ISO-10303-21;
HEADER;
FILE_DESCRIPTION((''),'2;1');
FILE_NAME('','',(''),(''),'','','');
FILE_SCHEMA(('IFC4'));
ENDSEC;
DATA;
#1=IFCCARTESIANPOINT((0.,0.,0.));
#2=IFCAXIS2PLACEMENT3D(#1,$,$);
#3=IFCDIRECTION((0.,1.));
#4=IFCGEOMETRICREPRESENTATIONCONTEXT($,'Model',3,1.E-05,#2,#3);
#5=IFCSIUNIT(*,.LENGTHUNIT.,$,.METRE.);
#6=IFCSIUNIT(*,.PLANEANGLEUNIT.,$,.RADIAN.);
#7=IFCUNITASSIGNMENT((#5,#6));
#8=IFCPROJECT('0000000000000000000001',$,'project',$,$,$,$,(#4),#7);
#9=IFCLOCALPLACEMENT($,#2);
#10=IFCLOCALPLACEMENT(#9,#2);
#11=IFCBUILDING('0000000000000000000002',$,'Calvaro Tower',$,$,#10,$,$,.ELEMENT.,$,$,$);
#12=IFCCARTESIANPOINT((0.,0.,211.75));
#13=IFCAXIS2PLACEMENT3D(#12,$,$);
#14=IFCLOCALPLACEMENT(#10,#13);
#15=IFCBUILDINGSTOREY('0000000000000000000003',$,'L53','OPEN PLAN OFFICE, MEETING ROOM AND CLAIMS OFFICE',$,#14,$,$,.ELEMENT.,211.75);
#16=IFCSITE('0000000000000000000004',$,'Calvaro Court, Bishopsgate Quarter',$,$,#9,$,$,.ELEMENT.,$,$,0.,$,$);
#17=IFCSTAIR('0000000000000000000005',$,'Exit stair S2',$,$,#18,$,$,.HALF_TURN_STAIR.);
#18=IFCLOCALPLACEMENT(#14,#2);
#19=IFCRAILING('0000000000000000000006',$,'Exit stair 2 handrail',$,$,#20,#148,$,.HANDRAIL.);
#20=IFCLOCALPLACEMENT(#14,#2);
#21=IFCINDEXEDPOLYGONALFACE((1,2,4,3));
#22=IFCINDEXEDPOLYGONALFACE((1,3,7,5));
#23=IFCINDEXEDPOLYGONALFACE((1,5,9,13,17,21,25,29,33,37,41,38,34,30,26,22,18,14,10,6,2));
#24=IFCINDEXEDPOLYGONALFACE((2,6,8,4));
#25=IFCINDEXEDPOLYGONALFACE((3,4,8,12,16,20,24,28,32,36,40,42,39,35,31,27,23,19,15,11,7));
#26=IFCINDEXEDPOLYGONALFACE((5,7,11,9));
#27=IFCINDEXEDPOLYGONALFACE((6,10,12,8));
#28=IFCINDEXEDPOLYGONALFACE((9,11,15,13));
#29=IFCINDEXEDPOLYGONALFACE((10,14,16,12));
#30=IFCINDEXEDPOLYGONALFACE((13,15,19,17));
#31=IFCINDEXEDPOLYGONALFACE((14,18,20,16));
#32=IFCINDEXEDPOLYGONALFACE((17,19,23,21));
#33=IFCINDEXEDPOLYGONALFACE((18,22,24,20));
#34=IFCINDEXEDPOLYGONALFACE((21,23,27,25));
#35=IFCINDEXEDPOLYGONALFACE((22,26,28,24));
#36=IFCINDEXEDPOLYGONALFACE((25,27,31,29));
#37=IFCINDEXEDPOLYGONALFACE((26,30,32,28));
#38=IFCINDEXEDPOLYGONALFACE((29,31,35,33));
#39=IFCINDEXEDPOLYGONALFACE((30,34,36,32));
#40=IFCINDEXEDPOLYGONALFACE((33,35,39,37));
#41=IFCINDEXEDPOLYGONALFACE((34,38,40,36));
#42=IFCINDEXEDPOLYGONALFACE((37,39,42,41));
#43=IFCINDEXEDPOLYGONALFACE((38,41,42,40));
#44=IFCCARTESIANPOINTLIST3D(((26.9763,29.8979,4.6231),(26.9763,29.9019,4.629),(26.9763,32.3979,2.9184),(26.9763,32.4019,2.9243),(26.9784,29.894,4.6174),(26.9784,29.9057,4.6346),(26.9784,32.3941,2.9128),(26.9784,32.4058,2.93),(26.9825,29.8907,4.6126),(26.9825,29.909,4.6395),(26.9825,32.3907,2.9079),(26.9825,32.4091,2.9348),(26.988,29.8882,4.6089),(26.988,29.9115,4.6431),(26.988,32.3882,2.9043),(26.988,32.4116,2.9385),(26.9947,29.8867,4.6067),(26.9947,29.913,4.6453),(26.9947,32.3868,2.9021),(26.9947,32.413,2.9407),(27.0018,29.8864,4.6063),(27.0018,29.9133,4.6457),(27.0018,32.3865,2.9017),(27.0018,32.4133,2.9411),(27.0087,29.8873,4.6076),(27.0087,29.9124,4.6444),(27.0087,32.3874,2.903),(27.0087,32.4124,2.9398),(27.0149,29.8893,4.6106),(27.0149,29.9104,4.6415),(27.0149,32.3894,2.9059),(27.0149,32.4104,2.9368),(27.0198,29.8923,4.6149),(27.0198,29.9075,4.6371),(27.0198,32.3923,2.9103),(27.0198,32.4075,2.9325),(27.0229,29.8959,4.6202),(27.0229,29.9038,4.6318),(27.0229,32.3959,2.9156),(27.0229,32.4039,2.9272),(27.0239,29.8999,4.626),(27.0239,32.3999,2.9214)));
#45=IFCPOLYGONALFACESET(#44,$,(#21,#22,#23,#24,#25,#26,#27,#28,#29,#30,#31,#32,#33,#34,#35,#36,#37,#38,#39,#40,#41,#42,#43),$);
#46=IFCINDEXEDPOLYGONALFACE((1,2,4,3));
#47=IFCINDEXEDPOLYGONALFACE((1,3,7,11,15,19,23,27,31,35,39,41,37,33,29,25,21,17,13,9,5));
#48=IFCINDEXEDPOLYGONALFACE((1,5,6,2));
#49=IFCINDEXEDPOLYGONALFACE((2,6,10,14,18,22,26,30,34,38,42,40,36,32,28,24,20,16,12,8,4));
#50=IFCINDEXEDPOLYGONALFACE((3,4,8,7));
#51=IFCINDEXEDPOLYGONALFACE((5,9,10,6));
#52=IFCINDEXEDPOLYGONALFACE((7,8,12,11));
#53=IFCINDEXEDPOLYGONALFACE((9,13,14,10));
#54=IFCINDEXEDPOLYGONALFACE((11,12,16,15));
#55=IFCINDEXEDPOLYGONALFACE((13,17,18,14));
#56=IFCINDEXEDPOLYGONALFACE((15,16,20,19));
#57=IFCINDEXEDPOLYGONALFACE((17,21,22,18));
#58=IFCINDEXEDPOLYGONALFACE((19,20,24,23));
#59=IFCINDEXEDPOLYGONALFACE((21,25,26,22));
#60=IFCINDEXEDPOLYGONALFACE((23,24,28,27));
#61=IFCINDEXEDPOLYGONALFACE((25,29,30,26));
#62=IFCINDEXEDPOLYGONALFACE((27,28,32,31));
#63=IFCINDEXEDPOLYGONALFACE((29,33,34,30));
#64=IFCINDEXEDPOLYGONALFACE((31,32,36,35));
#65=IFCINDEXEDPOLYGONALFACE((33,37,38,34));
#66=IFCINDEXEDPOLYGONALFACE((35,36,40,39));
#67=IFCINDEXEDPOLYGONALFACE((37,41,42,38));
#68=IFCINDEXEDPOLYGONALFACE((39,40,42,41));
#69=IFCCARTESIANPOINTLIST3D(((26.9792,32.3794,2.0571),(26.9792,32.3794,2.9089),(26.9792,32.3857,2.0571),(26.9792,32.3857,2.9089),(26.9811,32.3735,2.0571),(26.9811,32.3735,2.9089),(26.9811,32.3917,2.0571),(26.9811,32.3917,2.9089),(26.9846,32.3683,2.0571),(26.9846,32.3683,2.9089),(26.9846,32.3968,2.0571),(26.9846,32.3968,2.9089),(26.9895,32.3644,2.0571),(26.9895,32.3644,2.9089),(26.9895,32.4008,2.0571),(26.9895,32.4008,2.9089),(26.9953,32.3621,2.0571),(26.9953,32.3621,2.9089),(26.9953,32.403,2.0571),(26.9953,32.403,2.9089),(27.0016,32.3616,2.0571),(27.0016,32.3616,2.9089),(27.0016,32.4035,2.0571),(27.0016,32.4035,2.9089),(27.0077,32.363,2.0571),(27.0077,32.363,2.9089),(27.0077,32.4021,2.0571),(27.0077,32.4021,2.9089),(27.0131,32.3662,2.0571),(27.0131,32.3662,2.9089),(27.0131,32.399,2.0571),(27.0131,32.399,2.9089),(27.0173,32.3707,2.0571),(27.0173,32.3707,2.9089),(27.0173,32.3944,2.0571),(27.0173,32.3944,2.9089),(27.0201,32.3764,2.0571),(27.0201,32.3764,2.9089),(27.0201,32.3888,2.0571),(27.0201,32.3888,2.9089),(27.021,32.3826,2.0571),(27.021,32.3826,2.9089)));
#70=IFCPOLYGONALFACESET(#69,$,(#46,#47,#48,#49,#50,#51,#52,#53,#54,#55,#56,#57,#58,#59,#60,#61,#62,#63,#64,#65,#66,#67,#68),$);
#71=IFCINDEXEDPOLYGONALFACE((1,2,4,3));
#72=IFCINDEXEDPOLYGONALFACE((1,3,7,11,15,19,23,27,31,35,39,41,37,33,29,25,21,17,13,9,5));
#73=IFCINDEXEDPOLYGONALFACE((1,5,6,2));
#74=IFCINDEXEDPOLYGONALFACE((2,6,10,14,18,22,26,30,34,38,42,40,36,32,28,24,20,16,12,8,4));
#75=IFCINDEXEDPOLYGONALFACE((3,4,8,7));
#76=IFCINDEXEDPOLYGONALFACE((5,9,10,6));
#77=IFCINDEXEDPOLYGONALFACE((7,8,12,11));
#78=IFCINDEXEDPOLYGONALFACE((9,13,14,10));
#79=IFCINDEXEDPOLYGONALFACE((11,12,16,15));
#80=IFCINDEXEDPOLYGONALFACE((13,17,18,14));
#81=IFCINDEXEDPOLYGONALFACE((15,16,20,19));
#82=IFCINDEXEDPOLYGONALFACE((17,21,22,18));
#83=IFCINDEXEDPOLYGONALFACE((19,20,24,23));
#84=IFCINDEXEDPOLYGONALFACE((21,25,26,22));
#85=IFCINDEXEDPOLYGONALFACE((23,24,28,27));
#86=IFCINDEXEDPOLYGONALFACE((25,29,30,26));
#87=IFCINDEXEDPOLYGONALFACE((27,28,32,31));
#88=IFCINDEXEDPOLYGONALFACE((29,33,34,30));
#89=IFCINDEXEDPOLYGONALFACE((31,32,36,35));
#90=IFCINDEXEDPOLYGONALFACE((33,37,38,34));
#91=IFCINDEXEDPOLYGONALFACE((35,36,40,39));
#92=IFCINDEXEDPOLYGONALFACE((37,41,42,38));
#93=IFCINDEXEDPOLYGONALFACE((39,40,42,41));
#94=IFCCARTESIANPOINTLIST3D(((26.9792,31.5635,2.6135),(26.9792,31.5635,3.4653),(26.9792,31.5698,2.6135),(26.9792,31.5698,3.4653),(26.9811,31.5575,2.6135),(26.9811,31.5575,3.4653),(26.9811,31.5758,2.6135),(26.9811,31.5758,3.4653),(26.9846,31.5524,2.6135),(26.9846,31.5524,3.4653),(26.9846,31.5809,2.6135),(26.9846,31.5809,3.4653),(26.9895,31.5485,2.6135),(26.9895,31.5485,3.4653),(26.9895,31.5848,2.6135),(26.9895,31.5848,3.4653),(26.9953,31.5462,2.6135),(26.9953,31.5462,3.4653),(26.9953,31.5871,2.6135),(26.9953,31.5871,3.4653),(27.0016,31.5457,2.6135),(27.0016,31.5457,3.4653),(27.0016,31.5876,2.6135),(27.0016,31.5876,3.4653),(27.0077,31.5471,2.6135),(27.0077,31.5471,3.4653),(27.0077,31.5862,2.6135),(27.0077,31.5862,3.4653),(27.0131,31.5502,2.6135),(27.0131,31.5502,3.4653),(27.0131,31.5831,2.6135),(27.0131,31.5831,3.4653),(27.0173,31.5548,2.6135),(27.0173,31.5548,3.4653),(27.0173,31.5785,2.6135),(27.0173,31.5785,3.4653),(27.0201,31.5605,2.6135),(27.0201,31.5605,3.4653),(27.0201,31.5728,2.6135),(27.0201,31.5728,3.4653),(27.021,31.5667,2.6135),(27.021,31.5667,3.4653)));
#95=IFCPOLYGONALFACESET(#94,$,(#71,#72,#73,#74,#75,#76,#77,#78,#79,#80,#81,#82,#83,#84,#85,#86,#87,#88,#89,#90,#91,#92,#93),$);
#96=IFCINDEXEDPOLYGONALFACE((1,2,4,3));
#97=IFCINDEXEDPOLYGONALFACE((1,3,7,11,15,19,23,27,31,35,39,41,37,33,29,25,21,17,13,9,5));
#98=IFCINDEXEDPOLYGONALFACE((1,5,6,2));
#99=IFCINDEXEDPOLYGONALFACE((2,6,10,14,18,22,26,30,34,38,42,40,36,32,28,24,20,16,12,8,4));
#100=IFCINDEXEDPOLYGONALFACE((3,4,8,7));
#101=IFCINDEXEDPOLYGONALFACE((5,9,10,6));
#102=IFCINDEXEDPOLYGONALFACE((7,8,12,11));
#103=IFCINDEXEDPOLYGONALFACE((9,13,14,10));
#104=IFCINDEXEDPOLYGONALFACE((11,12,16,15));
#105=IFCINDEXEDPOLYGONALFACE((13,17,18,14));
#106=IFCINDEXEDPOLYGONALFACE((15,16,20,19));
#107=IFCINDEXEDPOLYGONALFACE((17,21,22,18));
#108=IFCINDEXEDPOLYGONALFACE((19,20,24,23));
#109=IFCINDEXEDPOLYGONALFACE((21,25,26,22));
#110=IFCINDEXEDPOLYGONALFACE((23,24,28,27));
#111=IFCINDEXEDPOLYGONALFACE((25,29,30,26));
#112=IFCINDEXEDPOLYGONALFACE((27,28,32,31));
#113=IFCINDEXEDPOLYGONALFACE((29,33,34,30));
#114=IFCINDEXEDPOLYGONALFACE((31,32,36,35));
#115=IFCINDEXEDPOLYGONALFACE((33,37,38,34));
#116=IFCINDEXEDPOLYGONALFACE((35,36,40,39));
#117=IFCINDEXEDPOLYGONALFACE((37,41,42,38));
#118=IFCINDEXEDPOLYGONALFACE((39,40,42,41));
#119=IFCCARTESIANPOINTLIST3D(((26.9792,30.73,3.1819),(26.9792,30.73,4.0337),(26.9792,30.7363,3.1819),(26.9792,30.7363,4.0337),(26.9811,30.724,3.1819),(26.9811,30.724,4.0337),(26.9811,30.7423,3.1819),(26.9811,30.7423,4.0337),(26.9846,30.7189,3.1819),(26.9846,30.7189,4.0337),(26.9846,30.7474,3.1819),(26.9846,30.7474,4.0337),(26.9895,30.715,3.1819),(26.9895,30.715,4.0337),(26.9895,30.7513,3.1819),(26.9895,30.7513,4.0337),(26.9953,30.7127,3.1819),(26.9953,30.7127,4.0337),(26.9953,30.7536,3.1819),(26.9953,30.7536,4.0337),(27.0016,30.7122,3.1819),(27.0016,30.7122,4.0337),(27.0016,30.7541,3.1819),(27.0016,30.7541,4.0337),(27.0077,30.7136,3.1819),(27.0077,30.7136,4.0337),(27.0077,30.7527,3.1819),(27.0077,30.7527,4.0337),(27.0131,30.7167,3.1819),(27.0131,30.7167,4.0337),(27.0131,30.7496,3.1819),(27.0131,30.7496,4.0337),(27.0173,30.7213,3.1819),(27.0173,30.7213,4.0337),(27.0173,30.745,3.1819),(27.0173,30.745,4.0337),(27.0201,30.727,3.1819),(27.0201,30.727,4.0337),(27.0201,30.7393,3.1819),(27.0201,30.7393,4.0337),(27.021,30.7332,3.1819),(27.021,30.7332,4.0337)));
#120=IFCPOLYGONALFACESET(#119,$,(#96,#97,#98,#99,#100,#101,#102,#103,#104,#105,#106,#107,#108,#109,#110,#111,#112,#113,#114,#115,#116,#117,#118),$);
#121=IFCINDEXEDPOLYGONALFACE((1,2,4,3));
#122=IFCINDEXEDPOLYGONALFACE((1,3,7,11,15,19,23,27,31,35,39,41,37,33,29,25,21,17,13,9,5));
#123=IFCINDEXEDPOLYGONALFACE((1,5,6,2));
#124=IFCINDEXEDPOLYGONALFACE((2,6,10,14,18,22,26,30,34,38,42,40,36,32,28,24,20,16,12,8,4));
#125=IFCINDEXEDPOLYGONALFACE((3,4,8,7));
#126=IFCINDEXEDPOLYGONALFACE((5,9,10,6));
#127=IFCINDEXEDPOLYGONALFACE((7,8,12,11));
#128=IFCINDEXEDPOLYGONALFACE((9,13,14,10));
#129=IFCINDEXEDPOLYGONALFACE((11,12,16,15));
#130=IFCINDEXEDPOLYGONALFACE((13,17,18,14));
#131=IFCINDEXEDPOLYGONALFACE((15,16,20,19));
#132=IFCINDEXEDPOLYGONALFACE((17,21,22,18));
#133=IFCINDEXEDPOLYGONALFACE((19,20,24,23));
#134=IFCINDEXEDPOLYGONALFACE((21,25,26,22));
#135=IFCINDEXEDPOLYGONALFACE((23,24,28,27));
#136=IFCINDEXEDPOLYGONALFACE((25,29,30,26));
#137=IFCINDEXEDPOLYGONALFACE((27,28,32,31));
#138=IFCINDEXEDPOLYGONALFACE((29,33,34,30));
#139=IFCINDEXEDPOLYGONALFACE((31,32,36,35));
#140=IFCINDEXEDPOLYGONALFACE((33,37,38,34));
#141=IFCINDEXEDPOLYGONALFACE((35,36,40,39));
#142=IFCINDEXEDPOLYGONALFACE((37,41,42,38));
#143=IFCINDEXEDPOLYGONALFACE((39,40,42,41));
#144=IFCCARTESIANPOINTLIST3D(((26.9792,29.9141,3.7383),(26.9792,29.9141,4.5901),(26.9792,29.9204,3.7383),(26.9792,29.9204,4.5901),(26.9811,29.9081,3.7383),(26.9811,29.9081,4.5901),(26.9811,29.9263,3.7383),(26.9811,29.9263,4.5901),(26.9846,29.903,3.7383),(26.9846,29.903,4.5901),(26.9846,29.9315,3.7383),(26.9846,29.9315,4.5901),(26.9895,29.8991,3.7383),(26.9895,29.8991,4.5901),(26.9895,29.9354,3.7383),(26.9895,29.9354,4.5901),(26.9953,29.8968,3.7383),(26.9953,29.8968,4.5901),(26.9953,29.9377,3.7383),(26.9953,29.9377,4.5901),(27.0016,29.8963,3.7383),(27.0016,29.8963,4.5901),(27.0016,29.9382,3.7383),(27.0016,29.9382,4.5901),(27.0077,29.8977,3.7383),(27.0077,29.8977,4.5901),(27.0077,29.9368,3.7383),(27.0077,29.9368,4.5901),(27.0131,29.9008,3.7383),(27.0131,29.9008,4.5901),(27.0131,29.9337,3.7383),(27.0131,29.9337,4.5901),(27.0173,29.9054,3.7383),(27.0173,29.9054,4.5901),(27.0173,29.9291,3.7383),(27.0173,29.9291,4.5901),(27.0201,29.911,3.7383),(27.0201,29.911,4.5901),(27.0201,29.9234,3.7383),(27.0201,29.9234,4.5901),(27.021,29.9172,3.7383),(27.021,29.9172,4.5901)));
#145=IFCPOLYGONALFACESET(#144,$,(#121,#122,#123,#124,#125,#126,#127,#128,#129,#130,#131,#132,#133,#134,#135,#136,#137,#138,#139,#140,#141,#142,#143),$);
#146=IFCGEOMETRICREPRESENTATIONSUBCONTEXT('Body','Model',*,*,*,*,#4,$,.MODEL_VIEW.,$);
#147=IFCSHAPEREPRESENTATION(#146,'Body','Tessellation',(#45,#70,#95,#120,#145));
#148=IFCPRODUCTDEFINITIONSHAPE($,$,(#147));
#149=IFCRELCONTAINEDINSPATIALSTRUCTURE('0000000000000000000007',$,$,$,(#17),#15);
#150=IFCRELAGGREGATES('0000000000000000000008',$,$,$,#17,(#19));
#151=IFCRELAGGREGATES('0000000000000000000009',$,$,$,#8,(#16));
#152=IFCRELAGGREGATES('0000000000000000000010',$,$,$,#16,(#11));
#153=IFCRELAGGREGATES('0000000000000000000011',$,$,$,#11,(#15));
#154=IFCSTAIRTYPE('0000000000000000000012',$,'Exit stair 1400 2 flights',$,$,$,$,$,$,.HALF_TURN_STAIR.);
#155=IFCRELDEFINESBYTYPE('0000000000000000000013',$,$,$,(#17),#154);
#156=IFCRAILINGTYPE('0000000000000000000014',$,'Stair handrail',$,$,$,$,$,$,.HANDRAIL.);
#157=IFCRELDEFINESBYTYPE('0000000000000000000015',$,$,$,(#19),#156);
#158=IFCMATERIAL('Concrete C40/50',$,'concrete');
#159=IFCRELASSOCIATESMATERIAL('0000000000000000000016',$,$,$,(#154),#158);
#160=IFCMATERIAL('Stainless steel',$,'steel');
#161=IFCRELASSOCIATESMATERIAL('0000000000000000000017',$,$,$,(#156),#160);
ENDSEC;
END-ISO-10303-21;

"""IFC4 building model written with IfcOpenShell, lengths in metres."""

from ifc_helpers import new_model, si_unit, direction, frame, origin, origin_2d, place, context, subcontext, project, spatial, circle, extrude, material, type_object, element, aggregate, save


model = new_model("IFC4")

# Units and contexts
model_context = context("Model", 3, precision=1e-05, world=origin(), true_north=direction((0.0, 1.0)))
body_context = subcontext(model_context, "Body", "Model", "MODEL_VIEW")
ifc_project = project(units=[si_unit("LENGTHUNIT", "METRE"), si_unit("PLANEANGLEUNIT", "RADIAN")], contexts=[model_context])

# Site, building, storey
site_placement = place(None, origin())
site = spatial("IfcSite", under=ifc_project, at=site_placement, Name="Calvaro Court, Bishopsgate Quarter", CompositionType="ELEMENT", RefElevation=0.0)
building_placement = place(site_placement, origin())
building = spatial("IfcBuilding", under=site, at=building_placement, Name="Calvaro Tower", CompositionType="ELEMENT")
storey_placement = place(building_placement, frame((0.0, 0.0, 211.75)))
storey = spatial("IfcBuildingStorey", under=building, at=storey_placement, Name="L53", Description="OPEN PLAN OFFICE, MEETING ROOM AND CLAIMS OFFICE", CompositionType="ELEMENT", Elevation=211.75)

# Stair, railing
ifc_material_1 = material(Name="Concrete C40/50", Category="concrete")
stair_type = type_object("IfcStairType", Name="Exit stair 1400 2 flights", PredefinedType="HALF_TURN_STAIR", material=ifc_material_1)
stair_placement = place(storey_placement, origin())
stair = element("IfcStair", 1, at=stair_placement, inside=storey, type_object=stair_type, Name="Exit stair S2", PredefinedType="HALF_TURN_STAIR")
ifc_material_2 = material(Name="Stainless steel", Category="steel")
railing_type = type_object("IfcRailingType", Name="Stair handrail", PredefinedType="HANDRAIL", material=ifc_material_2)
railing_1_placement = place(storey_placement, frame((27.0, 32.3999, 2.0454)))
railing_1 = element("IfcRailing", 2, at=railing_1_placement, type_object=railing_type, Name="Exit stair 2 handrail", PredefinedType="HANDRAIL", context=body_context, shape_type="SweptSolid", body=[
    extrude(circle(Radius=0.0239, at=origin_2d()), frame((0.0, 0.0, 0.876), z_axis=(0.0, -0.826221, 0.563347), x_axis=(1.0, 0.0, 0.0)), (0.0, 0.0, 1.0), 3.0259),
    extrude(circle(Radius=0.021, at=origin_2d()), frame((0.0, -0.0173, 0.0117)), (0.0, 0.0, 1.0), 0.8518),
    extrude(circle(Radius=0.021, at=origin_2d()), frame((0.0, -0.8333, 0.5681)), (0.0, 0.0, 1.0), 0.8518),
    extrude(circle(Radius=0.021, at=origin_2d()), frame((0.0, -1.6667, 1.1365)), (0.0, 0.0, 1.0), 0.8518),
    extrude(circle(Radius=0.021, at=origin_2d()), frame((0.0, -2.4827, 1.6929)), (0.0, 0.0, 1.0), 0.8518),
])
aggregate(stair, [railing_1])

save(model, "model.ifc")
